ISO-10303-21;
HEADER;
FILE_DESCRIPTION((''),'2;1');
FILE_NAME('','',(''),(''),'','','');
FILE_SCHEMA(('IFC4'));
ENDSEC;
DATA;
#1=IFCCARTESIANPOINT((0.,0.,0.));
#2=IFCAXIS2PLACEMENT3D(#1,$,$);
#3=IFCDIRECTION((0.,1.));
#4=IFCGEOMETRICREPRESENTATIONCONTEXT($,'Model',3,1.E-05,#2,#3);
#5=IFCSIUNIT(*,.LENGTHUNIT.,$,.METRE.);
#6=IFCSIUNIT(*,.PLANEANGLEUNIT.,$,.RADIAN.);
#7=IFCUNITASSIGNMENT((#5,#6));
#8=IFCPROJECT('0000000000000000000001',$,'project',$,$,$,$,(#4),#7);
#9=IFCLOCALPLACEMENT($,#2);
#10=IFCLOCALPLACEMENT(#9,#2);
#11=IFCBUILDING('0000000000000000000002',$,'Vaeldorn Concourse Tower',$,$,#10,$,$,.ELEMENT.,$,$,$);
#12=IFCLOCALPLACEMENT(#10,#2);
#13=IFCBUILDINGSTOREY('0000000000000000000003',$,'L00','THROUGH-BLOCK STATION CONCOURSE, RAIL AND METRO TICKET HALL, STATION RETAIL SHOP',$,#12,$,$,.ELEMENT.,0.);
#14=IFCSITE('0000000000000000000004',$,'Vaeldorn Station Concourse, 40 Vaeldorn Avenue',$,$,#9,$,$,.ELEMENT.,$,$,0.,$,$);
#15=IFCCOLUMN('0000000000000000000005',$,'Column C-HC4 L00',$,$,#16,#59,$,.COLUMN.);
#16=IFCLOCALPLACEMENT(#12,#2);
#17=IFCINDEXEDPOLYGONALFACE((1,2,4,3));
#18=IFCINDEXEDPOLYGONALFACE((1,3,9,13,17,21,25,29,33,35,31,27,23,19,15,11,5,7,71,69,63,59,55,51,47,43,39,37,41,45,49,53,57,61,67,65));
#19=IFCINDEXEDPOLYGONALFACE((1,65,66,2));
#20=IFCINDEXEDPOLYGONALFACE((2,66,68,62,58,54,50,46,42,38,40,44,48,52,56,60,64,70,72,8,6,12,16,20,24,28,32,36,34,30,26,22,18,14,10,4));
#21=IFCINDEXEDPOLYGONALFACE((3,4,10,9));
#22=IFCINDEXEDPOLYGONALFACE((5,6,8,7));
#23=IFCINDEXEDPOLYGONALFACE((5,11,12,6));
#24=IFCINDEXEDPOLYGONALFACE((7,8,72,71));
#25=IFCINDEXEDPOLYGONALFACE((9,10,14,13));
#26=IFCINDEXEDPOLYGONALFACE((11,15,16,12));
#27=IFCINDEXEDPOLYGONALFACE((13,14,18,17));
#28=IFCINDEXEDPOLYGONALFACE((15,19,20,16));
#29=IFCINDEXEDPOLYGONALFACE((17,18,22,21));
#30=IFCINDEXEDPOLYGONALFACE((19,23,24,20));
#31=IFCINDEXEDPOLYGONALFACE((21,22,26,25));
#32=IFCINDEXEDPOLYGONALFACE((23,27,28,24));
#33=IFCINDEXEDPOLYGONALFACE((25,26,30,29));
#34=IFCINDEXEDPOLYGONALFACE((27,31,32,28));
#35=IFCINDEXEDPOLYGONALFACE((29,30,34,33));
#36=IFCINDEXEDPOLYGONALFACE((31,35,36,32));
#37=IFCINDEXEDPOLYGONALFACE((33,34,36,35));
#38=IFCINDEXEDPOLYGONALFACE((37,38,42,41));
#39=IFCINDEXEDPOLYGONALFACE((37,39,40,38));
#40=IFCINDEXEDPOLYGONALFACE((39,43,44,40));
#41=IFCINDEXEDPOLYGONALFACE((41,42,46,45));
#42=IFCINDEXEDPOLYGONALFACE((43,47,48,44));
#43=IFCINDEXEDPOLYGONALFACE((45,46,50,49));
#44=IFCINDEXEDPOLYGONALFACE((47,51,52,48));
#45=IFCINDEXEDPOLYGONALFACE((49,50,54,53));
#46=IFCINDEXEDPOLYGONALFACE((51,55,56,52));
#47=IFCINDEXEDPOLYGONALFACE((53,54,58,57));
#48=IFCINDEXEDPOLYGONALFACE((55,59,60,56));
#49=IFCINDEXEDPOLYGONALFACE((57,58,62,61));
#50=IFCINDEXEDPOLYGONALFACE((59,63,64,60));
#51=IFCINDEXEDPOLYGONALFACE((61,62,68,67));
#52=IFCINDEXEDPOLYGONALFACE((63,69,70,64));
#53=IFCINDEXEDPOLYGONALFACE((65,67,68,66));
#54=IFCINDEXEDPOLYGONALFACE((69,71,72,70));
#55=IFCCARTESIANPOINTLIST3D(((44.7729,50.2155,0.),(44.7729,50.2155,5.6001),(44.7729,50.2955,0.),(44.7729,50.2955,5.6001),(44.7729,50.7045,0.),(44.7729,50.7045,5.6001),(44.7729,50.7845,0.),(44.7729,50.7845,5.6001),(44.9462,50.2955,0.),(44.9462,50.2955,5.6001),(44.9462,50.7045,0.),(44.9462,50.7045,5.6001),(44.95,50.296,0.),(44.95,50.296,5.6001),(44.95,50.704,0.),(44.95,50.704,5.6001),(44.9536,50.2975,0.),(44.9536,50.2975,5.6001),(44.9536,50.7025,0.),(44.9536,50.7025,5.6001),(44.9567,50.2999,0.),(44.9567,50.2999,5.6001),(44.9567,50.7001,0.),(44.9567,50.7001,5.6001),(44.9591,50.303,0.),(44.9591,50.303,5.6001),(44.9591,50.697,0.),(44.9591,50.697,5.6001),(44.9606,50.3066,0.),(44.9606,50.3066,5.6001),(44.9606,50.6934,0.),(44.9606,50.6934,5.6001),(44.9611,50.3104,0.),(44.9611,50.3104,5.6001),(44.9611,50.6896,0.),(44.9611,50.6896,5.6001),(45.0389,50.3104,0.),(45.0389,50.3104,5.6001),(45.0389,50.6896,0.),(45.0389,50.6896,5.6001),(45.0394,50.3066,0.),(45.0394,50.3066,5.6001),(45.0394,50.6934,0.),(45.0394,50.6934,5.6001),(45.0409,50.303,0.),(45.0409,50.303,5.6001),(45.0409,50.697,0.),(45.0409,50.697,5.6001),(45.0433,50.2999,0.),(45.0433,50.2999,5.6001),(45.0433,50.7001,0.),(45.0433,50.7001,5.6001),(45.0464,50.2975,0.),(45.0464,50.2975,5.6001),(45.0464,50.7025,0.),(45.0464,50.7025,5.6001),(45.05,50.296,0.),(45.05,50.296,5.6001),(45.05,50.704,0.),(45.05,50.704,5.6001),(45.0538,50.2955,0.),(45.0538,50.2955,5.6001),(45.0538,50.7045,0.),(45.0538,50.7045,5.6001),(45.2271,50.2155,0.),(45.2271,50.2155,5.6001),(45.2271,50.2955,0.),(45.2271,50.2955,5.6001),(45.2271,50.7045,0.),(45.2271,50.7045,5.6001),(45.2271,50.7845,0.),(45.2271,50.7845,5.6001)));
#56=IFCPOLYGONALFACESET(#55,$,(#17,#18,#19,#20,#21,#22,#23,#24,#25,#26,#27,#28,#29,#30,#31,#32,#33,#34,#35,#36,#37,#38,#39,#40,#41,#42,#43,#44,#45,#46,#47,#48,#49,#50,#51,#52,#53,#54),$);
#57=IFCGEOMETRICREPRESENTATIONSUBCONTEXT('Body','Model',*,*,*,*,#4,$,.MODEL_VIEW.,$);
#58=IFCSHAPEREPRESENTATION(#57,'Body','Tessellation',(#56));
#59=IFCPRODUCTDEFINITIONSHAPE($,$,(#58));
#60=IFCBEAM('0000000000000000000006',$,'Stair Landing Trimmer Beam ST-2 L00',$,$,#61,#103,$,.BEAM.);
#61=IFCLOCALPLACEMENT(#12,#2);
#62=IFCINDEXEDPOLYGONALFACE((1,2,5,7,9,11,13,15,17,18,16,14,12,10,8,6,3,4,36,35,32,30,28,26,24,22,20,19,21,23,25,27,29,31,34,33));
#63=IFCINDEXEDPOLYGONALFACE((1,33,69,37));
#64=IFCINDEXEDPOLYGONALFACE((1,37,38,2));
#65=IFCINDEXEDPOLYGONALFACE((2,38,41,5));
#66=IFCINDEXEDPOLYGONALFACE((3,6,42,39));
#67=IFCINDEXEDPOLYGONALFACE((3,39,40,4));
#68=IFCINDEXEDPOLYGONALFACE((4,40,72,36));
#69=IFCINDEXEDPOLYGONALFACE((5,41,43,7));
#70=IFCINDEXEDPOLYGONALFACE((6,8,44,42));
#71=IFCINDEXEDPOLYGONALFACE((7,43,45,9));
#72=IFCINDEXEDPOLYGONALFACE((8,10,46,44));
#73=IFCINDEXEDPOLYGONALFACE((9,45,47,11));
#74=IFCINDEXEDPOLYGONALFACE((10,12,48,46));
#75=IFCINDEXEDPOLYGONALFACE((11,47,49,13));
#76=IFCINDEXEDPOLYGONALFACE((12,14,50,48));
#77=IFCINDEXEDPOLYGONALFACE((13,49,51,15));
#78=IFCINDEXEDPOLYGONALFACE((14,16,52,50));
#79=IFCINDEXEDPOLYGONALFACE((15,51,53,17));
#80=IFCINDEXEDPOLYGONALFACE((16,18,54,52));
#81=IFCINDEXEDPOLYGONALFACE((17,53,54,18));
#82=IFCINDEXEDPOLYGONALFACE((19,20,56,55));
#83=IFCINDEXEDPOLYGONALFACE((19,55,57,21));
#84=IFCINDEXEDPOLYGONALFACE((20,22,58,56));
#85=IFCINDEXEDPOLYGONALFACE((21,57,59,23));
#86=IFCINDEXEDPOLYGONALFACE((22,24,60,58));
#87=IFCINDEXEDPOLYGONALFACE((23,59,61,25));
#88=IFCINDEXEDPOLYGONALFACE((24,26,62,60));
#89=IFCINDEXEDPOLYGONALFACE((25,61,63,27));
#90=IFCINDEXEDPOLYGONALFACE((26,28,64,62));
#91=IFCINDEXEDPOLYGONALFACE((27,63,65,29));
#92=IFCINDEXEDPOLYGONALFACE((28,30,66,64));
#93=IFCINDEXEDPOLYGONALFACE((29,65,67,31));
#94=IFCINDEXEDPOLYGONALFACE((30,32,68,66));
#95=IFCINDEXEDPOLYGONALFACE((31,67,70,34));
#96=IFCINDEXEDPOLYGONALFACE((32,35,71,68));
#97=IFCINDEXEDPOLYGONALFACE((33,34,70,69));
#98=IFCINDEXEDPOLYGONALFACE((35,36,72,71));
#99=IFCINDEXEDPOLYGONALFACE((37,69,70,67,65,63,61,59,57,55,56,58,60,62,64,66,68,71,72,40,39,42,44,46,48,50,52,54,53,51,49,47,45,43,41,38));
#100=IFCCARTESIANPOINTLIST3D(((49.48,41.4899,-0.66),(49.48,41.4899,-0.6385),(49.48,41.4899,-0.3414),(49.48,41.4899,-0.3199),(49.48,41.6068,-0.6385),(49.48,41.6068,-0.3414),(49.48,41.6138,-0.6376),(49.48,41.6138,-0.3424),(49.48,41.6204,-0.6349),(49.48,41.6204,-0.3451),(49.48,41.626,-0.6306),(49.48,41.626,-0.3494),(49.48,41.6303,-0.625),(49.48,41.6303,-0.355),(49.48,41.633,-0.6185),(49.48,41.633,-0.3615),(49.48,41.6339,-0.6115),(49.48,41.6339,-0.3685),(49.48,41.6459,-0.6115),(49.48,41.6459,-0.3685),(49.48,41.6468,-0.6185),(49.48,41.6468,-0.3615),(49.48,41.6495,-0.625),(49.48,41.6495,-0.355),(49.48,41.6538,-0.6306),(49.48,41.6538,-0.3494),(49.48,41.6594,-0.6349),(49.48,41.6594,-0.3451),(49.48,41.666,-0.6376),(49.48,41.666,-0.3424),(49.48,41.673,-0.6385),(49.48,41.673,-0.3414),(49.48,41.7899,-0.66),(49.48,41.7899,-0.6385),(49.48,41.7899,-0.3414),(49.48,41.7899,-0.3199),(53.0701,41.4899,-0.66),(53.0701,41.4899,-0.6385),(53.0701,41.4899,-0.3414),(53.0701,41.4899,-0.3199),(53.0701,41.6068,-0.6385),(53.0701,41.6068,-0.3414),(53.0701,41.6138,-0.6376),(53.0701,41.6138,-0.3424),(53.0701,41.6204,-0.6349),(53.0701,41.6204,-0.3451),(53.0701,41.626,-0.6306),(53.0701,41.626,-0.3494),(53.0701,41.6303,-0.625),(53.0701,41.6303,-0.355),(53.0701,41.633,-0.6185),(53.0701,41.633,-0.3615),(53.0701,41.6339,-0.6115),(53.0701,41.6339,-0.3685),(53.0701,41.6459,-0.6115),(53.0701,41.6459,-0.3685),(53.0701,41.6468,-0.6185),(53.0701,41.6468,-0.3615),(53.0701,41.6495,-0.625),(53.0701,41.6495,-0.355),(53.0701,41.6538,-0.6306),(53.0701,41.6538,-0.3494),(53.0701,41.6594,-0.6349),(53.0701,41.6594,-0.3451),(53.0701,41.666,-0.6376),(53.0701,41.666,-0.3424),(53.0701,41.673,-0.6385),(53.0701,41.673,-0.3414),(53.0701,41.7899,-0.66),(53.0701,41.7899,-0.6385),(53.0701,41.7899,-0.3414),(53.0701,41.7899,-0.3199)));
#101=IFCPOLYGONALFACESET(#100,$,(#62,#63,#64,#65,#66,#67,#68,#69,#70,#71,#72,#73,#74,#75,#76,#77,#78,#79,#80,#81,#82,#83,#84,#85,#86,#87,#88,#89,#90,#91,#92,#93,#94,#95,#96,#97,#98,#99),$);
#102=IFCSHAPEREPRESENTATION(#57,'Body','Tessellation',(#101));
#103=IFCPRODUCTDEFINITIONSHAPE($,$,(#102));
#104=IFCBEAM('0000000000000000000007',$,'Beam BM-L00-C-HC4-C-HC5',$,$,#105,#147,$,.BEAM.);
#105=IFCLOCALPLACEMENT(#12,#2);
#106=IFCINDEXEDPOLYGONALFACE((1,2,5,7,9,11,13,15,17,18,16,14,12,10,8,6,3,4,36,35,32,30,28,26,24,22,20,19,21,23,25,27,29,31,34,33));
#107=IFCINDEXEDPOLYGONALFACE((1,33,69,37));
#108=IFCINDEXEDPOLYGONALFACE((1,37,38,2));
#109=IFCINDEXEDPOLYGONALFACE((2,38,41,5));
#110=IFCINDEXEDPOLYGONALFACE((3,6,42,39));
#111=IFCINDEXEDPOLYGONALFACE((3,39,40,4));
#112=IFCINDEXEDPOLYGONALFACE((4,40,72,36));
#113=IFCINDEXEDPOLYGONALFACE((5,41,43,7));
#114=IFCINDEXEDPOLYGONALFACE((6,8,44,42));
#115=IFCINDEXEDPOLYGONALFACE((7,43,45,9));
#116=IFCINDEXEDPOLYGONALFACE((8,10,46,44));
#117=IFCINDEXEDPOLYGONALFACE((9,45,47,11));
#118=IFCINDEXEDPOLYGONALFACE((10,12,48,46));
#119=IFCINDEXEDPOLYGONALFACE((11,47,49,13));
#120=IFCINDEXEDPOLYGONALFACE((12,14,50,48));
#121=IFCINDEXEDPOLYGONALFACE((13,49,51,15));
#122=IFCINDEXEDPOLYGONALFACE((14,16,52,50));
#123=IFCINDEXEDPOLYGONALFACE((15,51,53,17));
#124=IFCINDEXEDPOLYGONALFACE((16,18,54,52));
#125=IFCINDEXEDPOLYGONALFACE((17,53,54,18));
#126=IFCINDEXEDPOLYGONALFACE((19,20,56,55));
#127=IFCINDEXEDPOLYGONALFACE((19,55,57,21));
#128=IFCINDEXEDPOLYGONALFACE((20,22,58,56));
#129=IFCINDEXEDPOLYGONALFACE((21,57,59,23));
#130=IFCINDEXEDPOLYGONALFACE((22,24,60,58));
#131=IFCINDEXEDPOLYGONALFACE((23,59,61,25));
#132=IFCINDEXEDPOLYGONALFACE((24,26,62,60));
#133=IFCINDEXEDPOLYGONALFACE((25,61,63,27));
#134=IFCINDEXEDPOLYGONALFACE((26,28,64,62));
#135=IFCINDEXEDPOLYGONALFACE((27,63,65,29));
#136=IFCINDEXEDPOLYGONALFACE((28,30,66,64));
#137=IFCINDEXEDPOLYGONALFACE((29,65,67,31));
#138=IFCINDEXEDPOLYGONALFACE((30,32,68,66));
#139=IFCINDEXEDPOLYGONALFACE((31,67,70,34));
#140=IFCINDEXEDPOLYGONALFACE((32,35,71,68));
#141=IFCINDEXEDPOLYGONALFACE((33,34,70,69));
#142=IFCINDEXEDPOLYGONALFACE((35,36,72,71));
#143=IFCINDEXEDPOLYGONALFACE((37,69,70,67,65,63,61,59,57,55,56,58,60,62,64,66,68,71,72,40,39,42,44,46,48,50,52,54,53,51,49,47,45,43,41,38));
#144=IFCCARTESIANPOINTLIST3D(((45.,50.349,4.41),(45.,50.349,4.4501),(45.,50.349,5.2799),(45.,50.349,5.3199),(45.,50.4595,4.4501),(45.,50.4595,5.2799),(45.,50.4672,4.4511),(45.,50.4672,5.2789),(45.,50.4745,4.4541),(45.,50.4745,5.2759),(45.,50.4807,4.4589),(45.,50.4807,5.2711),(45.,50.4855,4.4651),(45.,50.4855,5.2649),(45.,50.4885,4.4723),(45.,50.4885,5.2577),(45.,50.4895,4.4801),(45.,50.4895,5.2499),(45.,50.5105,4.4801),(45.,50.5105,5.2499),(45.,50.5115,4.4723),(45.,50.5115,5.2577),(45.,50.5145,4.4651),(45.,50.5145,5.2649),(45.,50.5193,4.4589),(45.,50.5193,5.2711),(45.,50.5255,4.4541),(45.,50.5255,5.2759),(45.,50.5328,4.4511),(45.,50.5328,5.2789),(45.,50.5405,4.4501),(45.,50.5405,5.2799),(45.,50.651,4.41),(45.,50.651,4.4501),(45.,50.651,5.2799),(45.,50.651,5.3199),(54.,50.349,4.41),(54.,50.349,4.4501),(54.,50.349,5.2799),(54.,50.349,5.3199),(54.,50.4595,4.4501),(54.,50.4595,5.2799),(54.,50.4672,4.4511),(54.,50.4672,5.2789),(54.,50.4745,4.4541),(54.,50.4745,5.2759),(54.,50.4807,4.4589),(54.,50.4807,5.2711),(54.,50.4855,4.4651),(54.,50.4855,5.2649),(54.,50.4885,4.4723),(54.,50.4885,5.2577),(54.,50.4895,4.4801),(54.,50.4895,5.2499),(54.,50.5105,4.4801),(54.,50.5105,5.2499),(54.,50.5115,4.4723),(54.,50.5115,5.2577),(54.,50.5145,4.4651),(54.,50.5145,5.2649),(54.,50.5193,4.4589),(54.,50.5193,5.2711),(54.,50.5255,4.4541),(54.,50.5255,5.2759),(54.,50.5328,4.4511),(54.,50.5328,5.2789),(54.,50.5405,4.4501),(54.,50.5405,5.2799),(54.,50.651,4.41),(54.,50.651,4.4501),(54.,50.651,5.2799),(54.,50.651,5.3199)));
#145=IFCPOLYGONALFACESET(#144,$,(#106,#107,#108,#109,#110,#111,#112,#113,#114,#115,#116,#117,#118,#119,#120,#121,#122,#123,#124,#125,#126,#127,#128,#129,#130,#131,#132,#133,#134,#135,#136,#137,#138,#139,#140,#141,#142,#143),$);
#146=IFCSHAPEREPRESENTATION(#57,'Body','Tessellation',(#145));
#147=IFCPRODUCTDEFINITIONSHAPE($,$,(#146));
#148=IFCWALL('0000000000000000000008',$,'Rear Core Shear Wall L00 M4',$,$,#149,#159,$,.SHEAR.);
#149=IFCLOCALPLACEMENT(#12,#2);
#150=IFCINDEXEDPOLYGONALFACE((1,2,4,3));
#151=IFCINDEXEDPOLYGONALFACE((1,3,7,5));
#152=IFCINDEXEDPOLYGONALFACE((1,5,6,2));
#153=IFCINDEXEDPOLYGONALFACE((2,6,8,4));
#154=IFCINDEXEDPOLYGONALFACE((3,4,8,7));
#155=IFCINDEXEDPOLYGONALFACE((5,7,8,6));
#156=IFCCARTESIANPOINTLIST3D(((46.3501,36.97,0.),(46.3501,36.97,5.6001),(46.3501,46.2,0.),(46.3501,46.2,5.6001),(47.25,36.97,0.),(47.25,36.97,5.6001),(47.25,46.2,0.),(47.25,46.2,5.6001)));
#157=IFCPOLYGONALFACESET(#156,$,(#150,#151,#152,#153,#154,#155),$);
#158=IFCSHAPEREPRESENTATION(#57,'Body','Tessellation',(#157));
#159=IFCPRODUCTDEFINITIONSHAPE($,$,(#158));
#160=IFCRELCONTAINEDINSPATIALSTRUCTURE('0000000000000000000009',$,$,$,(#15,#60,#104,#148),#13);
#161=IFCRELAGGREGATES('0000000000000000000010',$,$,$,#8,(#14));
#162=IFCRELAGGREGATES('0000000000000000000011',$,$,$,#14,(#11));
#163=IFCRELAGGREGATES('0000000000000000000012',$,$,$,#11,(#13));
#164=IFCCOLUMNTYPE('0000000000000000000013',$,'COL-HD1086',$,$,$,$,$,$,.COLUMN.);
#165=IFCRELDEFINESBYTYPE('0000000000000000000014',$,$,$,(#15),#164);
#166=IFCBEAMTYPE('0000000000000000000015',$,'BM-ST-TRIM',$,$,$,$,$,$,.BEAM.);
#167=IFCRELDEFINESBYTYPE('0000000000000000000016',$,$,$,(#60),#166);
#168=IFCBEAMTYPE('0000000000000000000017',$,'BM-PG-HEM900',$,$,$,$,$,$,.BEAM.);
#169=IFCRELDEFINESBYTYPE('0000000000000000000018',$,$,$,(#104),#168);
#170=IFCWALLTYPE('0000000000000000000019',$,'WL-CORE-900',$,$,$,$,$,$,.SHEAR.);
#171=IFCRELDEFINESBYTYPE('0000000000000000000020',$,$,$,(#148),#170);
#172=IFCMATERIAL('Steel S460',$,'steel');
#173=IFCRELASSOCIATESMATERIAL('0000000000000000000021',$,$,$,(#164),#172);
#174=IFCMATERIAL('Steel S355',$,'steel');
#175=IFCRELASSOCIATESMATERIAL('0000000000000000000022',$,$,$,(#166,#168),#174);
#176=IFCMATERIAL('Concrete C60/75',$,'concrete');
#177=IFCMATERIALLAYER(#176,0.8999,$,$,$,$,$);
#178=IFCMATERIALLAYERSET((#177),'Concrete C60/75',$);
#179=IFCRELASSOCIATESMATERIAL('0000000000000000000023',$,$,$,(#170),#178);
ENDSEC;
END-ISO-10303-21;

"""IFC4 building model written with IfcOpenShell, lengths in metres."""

from ifc_helpers import new_model, si_unit, direction, frame, frame_2d, origin, origin_2d, place, context, subcontext, project, spatial, rectangle, i_section, extrude, source, transform, mapped, material, layer, layer_set, material_profile, profile_set, type_object, element, save


model = new_model("IFC4")

# Units and contexts
model_context = context("Model", 3, precision=1e-05, world=origin(), true_north=direction((0.0, 1.0)))
body_context = subcontext(model_context, "Body", "Model", "MODEL_VIEW")
ifc_project = project(units=[si_unit("LENGTHUNIT", "METRE"), si_unit("PLANEANGLEUNIT", "RADIAN")], contexts=[model_context])

# Site, building, storey
site_placement = place(None, origin())
site = spatial("IfcSite", under=ifc_project, at=site_placement, Name="Vaeldorn Station Concourse, 40 Vaeldorn Avenue", CompositionType="ELEMENT", RefElevation=0.0)
building_placement = place(site_placement, origin())
building = spatial("IfcBuilding", under=site, at=building_placement, Name="Vaeldorn Concourse Tower", CompositionType="ELEMENT")
storey_placement = place(building_placement, origin())
storey = spatial("IfcBuildingStorey", under=building, at=storey_placement, Name="L00", Description="THROUGH-BLOCK STATION CONCOURSE, RAIL AND METRO TICKET HALL, STATION RETAIL SHOP", CompositionType="ELEMENT", Elevation=0.0)

# Column
ifc_material_1 = material(Name="Steel S460", Category="steel")
ifc_material_profile_1 = material_profile(ifc_material_1, i_section(OverallWidth=0.4541, OverallDepth=0.5691, WebThickness=0.0779, FlangeThickness=0.0801, FilletRadius=0.0149, at=origin_2d()), Name="HD 400x1086")
ifc_profile_set_1 = profile_set([ifc_material_profile_1], Name="Steel S460")
column_type = type_object("IfcColumnType", Name="COL-HD1086", PredefinedType="COLUMN", material=ifc_profile_set_1)
shared_shape_1 = source(origin(), body_context, "Body", "SweptSolid", [
    extrude(i_section(OverallWidth=0.4541, OverallDepth=0.5691, WebThickness=0.0779, FlangeThickness=0.0801, FilletRadius=0.0149, at=origin_2d()), origin(), (0.0, 0.0, 1.0), 5.6001),
])
column_placement = place(storey_placement, frame((45.0, 50.5, 0.0), z_axis=(0.0, 0.0, 1.0), x_axis=(1.0, 0.0, 0.0)))
element("IfcColumn", 1, at=column_placement, inside=storey, type_object=column_type, Name="Column C-HC4 L00", PredefinedType="COLUMN", context=body_context, shape_type="MappedRepresentation", body=[
    mapped(shared_shape_1, transform((0.0, 0.0, 0.0), scale=1.0)),
])

# Beams
ifc_material_2 = material(Name="Steel S355", Category="steel")
ifc_material_profile_2 = material_profile(ifc_material_2, i_section(OverallWidth=0.3, OverallDepth=0.3401, WebThickness=0.012, FlangeThickness=0.0215, FilletRadius=0.0271, at=origin_2d()), Name="HEB 340")
ifc_profile_set_2 = profile_set([ifc_material_profile_2], Name="Steel S355")
beam_type_1 = type_object("IfcBeamType", Name="BM-ST-TRIM", PredefinedType="BEAM", material=ifc_profile_set_2)
shared_shape_2 = source(origin(), body_context, "Body", "SweptSolid", [
    extrude(i_section(OverallWidth=0.3, OverallDepth=0.3401, WebThickness=0.012, FlangeThickness=0.0215, FilletRadius=0.0271, at=origin_2d()), origin(), (0.0, 0.0, 1.0), 3.5901),
])
beam_1_placement = place(storey_placement, frame((49.48, 41.6399, -0.49), z_axis=(1.0, 0.0, 0.0), x_axis=(0.0, 1.0, 0.0)))
element("IfcBeam", 2, at=beam_1_placement, inside=storey, type_object=beam_type_1, Name="Stair Landing Trimmer Beam ST-2 L00", PredefinedType="BEAM", context=body_context, shape_type="MappedRepresentation", body=[
    mapped(shared_shape_2, transform((0.0, 0.0, 0.0), scale=1.0)),
])
ifc_material_profile_3 = material_profile(ifc_material_2, i_section(OverallWidth=0.302, OverallDepth=0.9099, WebThickness=0.021, FlangeThickness=0.04, FilletRadius=0.03, at=origin_2d()), Name="HEM 900")
ifc_profile_set_3 = profile_set([ifc_material_profile_3], Name="Steel S355")
beam_type_2 = type_object("IfcBeamType", Name="BM-PG-HEM900", PredefinedType="BEAM", material=ifc_profile_set_3)
shared_shape_3 = source(origin(), body_context, "Body", "SweptSolid", [
    extrude(i_section(OverallWidth=0.302, OverallDepth=0.9099, WebThickness=0.021, FlangeThickness=0.04, FilletRadius=0.03, at=origin_2d()), origin(), (0.0, 0.0, 1.0), 9.0),
])
beam_2_placement = place(storey_placement, frame((45.0, 50.5, 4.865), z_axis=(1.0, 0.0, 0.0), x_axis=(0.0, 1.0, 0.0)))
element("IfcBeam", 3, at=beam_2_placement, inside=storey, type_object=beam_type_2, Name="Beam BM-L00-C-HC4-C-HC5", PredefinedType="BEAM", context=body_context, shape_type="MappedRepresentation", body=[
    mapped(shared_shape_3, transform((0.0, 0.0, 0.0), scale=1.0)),
])

# Wall
ifc_material_3 = material(Name="Concrete C60/75", Category="concrete")
ifc_layer_1 = layer(ifc_material_3, 0.8999)
ifc_layer_set_1 = layer_set([ifc_layer_1], Name="Concrete C60/75")
wall_type_1 = type_object("IfcWallType", Name="WL-CORE-900", PredefinedType="SHEAR", material=ifc_layer_set_1)
wall_1_placement = place(storey_placement, frame((46.8, 36.97, 0.0), z_axis=(0.0, 0.0, 1.0), x_axis=(0.0, 1.0, 0.0)))
element("IfcWall", 4, at=wall_1_placement, inside=storey, type_object=wall_type_1, Name="Rear Core Shear Wall L00 M4", PredefinedType="SHEAR", context=body_context, shape_type="SweptSolid", body=[
    extrude(rectangle(XDim=9.23, YDim=0.8999, at=frame_2d((4.615, 0.0))), origin(), (0.0, 0.0, 1.0), 5.6001),
])

save(model, "model.ifc")
